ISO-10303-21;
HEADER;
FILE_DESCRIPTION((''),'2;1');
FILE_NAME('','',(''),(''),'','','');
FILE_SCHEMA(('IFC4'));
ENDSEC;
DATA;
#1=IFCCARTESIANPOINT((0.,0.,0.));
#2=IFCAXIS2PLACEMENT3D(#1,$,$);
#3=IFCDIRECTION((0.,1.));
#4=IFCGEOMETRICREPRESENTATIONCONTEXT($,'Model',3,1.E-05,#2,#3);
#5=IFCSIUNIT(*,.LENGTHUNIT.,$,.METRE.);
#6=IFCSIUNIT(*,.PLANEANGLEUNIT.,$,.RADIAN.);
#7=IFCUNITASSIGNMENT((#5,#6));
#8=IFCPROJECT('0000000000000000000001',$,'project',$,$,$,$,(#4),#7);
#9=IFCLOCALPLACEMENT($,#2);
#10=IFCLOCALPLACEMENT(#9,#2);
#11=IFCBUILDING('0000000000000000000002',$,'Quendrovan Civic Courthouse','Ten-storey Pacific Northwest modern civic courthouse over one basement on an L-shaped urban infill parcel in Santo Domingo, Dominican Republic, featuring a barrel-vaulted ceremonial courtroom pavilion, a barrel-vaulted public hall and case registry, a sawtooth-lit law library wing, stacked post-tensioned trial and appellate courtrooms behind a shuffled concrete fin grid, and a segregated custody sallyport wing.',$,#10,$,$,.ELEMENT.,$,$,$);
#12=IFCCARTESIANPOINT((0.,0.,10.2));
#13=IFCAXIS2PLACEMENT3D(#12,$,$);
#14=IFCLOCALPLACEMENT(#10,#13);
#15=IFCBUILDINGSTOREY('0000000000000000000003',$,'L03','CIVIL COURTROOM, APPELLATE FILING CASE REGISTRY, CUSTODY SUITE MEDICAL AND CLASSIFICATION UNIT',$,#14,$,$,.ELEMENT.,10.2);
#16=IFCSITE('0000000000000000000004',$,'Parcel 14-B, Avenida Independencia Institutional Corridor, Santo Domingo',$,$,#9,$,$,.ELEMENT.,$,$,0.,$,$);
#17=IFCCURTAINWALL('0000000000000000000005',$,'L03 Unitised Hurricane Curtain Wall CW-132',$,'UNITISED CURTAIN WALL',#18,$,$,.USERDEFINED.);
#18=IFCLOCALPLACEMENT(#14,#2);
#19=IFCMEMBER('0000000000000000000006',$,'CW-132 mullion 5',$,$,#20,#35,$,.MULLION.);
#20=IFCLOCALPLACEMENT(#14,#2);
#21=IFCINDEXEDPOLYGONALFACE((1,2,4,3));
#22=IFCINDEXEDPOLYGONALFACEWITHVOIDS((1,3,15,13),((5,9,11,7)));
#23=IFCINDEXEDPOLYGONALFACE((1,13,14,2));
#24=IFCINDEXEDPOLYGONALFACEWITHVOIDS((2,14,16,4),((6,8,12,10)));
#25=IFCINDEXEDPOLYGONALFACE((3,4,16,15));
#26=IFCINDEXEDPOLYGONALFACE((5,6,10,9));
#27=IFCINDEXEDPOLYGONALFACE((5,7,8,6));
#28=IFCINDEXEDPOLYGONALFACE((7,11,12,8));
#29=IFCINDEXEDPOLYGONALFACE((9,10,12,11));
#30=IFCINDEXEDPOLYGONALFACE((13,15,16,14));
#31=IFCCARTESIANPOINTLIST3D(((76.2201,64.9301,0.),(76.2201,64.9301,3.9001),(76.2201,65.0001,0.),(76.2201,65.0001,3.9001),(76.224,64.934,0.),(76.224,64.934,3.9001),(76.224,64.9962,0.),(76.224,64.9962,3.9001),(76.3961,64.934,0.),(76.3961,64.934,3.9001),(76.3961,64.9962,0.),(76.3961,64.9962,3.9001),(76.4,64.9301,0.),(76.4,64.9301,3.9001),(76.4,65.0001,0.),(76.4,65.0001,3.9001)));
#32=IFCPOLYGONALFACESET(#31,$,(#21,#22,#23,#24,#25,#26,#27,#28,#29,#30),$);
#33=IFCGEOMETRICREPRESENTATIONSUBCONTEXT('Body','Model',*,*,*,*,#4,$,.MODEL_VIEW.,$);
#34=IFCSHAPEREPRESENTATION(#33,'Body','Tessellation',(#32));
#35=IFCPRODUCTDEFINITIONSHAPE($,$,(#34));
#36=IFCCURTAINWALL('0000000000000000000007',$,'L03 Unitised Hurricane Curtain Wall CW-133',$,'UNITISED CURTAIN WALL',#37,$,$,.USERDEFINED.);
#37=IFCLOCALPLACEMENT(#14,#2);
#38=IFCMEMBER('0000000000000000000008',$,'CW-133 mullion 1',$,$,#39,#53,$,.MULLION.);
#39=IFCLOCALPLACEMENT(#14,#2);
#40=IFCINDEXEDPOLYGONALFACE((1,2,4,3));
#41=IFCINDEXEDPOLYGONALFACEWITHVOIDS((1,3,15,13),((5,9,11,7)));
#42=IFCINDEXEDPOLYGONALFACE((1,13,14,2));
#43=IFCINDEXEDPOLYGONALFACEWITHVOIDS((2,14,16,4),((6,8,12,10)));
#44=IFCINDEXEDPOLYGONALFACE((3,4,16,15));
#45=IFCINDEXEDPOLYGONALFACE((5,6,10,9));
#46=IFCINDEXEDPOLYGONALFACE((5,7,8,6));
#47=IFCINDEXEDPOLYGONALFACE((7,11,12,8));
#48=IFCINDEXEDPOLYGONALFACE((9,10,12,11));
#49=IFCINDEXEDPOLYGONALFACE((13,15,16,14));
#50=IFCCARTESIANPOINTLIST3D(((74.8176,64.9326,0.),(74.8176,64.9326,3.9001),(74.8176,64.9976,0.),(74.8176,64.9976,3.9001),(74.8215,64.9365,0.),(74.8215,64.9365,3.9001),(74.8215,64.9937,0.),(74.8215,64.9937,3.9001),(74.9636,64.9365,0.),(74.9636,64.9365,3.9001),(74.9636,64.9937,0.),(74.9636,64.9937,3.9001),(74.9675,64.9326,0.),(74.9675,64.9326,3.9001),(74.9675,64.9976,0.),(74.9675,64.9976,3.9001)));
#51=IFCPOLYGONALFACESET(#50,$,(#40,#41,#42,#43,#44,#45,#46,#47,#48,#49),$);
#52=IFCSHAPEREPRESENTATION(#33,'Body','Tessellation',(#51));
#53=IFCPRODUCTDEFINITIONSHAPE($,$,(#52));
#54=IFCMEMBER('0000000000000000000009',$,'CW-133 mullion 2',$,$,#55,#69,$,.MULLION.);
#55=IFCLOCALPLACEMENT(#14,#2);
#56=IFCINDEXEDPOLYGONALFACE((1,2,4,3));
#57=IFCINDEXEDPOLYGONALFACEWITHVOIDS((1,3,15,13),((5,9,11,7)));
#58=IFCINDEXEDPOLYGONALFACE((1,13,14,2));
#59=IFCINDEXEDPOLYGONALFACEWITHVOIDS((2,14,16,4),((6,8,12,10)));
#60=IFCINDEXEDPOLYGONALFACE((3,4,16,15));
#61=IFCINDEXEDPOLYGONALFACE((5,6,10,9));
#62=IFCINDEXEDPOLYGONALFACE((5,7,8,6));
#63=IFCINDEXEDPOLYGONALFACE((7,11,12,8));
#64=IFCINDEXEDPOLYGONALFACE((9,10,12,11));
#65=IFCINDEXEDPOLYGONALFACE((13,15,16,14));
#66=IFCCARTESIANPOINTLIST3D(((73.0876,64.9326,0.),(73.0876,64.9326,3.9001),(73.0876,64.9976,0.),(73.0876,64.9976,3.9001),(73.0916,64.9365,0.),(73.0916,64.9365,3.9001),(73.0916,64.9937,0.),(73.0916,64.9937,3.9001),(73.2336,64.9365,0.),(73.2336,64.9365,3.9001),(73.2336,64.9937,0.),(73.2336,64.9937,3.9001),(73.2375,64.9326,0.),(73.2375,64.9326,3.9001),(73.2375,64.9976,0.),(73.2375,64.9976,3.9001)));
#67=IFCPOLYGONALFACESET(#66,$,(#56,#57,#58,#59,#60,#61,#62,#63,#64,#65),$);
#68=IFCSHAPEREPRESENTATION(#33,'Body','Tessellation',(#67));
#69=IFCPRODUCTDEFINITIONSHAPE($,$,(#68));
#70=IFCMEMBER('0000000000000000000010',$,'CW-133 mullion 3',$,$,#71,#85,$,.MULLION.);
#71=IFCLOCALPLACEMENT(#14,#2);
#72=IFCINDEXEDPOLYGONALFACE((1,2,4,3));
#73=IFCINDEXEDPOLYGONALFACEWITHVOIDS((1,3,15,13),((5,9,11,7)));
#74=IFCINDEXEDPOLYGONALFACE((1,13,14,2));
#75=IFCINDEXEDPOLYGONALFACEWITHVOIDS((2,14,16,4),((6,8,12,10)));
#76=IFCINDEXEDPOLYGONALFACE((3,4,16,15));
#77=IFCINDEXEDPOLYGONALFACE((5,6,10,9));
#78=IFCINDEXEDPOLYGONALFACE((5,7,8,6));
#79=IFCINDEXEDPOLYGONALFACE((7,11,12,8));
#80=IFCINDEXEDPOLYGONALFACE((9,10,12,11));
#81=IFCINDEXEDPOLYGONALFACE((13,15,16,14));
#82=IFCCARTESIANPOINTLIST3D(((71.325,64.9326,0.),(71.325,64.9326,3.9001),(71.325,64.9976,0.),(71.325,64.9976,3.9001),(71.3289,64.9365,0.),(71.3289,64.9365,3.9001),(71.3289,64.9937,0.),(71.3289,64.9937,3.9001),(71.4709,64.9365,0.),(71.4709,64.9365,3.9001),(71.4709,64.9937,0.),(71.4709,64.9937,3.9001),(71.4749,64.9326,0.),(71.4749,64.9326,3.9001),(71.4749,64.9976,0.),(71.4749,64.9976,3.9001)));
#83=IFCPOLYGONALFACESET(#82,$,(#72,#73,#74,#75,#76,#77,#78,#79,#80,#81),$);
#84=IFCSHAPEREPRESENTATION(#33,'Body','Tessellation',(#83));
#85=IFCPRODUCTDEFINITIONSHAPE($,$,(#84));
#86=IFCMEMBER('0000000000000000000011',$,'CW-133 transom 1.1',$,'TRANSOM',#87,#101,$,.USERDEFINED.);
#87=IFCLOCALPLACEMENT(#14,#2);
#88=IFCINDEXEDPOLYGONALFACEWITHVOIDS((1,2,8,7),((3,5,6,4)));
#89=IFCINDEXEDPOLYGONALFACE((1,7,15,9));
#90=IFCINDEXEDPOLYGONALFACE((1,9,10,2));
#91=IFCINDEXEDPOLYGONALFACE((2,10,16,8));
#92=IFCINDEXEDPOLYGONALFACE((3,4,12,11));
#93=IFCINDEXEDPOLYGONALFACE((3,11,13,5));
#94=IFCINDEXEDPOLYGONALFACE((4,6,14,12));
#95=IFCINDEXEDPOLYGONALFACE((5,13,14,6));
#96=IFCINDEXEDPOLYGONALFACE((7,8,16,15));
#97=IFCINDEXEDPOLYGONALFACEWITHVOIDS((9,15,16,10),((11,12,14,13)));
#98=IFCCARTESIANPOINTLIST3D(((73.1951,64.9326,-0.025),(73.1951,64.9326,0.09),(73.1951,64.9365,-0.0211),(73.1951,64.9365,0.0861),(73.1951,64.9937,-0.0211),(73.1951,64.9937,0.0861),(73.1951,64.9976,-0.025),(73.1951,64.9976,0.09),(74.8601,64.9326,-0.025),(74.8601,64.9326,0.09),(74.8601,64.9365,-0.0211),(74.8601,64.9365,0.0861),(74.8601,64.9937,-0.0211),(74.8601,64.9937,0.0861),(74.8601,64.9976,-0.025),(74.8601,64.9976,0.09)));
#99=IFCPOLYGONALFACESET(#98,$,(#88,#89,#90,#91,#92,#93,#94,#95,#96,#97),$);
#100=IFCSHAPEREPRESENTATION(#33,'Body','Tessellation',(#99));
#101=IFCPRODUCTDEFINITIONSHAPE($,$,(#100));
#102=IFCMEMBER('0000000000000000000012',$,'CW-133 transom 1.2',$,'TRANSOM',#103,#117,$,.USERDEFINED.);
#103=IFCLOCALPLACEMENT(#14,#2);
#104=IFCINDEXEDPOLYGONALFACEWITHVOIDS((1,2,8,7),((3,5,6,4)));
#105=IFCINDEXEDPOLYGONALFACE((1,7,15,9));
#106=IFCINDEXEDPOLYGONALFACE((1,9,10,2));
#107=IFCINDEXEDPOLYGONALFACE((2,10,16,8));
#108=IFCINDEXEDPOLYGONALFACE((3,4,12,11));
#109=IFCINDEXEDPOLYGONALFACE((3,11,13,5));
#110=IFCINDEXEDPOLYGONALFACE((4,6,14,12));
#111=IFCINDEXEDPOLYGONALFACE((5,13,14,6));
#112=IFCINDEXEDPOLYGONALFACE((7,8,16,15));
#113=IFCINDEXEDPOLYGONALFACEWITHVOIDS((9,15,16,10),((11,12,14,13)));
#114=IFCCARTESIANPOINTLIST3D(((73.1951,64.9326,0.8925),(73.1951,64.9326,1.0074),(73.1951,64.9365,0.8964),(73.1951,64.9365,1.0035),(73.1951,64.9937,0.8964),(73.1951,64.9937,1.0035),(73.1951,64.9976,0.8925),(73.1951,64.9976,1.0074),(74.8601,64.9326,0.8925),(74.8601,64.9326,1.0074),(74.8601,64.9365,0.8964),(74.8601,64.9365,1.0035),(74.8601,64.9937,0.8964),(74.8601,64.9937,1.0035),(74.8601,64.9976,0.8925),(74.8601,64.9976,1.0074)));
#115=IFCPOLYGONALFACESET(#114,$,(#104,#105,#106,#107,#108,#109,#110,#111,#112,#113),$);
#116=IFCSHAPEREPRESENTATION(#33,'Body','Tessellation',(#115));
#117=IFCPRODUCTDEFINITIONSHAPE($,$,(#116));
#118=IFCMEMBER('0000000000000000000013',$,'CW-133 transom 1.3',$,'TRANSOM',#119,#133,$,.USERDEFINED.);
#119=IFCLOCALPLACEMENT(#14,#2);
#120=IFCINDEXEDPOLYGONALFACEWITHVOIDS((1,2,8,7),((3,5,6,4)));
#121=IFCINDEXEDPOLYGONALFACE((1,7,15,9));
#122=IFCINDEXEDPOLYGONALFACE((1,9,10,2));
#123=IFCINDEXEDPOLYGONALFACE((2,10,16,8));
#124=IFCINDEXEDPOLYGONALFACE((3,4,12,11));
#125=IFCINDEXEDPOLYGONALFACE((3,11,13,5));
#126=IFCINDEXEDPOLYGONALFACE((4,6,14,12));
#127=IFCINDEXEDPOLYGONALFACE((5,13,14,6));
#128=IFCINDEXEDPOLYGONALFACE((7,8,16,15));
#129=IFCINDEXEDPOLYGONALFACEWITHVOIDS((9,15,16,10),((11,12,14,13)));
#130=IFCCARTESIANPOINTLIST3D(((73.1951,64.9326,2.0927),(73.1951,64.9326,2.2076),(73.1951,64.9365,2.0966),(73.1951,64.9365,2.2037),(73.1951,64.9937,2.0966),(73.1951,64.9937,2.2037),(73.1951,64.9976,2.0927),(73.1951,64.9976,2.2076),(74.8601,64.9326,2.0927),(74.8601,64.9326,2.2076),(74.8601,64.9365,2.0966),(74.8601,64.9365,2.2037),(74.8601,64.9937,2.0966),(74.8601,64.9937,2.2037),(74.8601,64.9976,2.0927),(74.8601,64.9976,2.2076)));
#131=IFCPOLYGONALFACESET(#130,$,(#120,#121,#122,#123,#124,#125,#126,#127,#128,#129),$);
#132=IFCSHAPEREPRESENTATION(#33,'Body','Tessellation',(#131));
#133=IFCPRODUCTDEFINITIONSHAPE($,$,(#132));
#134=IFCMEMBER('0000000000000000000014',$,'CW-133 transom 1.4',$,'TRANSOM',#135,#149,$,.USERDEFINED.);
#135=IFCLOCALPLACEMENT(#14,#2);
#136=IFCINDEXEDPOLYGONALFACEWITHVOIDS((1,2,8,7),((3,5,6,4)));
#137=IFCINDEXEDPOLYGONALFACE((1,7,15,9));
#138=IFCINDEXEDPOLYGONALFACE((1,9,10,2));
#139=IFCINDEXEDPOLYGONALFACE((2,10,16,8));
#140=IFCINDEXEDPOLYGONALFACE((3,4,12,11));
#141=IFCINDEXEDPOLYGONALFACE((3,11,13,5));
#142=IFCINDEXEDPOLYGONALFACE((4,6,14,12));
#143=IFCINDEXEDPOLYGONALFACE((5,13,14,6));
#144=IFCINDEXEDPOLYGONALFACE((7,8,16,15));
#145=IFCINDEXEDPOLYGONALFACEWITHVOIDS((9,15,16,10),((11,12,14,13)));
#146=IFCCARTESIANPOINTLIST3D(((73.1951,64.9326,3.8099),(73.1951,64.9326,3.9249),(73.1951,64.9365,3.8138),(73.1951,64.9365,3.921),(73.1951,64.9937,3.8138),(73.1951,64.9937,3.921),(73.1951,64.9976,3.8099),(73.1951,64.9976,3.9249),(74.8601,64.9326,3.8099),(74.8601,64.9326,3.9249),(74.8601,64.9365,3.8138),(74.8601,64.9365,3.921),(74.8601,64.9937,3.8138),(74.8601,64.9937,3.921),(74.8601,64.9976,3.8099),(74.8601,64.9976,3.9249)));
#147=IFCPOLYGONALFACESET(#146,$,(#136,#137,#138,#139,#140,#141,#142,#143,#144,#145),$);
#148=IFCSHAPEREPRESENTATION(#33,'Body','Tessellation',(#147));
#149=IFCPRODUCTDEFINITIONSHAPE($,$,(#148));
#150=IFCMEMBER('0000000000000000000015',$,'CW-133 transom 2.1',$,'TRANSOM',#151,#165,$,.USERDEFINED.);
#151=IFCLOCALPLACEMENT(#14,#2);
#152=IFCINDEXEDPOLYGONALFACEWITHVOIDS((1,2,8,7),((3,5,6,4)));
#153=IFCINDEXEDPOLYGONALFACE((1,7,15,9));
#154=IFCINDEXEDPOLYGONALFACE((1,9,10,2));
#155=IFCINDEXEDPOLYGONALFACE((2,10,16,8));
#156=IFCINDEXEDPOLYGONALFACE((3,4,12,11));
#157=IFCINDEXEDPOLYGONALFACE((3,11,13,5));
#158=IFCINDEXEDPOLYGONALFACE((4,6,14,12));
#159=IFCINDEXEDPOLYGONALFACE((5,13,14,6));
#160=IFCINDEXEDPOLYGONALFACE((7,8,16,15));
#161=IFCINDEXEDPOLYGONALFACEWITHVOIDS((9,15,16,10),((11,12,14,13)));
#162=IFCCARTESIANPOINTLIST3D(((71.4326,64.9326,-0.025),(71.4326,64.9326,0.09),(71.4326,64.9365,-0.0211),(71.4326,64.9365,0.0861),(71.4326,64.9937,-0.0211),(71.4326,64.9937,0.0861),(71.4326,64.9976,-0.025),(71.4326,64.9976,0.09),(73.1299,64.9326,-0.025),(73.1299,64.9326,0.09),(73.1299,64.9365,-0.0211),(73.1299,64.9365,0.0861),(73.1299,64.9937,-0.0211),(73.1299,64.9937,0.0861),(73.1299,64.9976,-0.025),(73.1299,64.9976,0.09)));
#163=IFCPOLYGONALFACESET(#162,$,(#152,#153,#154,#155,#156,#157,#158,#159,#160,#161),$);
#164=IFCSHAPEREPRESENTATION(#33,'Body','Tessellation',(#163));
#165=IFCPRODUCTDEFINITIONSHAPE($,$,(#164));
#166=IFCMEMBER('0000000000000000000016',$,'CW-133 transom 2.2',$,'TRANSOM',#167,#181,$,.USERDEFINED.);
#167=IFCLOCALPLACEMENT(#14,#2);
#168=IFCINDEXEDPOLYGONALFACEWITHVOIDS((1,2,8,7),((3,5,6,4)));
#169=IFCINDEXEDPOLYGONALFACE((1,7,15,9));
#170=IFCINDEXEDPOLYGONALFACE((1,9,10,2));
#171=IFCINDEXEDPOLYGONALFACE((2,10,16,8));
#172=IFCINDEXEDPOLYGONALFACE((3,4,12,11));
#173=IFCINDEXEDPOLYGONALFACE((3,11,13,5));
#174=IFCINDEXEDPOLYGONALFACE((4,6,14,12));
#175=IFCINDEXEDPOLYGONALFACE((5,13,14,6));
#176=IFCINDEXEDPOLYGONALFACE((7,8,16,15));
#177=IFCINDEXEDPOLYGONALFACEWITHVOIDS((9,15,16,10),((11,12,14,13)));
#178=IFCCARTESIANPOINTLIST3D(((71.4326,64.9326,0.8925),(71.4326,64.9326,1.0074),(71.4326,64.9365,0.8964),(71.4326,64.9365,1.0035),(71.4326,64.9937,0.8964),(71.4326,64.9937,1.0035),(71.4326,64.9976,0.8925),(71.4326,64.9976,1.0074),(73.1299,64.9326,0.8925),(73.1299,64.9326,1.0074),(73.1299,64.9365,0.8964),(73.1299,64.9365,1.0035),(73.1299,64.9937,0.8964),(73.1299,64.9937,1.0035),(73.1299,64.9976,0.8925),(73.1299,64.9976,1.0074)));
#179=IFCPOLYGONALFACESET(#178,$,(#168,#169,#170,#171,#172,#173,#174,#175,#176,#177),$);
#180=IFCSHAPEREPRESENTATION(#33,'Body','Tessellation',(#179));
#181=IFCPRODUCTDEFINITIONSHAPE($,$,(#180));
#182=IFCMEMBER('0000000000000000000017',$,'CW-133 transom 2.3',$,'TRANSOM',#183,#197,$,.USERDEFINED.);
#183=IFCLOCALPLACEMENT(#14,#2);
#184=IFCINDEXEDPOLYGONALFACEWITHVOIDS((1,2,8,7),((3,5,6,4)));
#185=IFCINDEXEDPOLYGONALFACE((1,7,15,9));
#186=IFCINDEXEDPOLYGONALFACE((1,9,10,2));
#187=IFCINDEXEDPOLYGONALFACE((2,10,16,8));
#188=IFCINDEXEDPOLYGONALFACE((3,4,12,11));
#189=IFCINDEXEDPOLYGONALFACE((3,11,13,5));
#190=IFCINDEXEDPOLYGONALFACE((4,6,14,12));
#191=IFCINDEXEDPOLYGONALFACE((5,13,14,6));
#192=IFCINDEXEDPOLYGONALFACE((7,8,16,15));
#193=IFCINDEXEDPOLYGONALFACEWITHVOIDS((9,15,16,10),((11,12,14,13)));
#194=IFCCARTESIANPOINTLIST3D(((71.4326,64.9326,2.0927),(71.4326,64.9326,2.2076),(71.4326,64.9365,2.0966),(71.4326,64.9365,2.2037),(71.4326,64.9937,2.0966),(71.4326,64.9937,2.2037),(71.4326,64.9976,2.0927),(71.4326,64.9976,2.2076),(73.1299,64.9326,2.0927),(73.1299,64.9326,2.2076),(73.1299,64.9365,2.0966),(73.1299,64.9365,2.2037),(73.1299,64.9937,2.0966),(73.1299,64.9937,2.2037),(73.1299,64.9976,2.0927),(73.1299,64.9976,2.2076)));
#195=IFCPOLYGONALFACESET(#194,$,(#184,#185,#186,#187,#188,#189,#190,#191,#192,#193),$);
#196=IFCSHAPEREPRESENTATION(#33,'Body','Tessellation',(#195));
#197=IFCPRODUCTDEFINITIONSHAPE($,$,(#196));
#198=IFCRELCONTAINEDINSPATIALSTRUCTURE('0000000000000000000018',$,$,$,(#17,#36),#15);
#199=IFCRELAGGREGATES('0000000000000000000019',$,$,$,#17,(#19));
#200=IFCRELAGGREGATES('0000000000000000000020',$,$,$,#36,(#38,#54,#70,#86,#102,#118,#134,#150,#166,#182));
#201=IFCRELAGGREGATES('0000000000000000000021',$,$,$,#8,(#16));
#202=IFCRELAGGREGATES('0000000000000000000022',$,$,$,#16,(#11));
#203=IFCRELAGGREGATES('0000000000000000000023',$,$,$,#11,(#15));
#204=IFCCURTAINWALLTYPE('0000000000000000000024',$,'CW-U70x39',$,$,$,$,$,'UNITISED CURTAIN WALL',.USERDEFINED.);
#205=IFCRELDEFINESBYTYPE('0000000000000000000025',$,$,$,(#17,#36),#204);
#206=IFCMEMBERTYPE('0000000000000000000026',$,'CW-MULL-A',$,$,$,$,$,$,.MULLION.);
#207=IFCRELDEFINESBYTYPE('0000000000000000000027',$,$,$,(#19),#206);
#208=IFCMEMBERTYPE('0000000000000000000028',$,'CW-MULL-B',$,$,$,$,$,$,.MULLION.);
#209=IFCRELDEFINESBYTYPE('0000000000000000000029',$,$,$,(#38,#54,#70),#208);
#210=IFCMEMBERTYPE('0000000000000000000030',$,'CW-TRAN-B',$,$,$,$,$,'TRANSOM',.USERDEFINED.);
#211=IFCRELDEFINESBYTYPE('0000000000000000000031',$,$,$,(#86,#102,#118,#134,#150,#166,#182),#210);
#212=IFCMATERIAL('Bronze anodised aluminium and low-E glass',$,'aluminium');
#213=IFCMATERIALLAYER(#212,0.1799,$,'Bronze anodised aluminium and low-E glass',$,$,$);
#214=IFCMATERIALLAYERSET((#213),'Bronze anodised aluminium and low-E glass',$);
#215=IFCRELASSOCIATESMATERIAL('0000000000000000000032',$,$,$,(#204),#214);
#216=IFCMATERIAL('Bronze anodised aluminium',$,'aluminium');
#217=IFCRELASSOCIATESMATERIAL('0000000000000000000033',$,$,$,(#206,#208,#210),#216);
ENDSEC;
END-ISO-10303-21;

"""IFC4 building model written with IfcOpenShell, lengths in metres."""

from ifc_helpers import new_model, si_unit, direction, frame, origin, origin_2d, place, context, subcontext, project, spatial, hollow_rectangle, extrude, material, layer, layer_set, material_profile, profile_set, type_object, element, aggregate, save


model = new_model("IFC4")

# Units and contexts
model_context = context("Model", 3, precision=1e-05, world=origin(), true_north=direction((0.0, 1.0)))
body_context = subcontext(model_context, "Body", "Model", "MODEL_VIEW")
ifc_project = project(units=[si_unit("LENGTHUNIT", "METRE"), si_unit("PLANEANGLEUNIT", "RADIAN")], contexts=[model_context])

# Site, building, storey
site_placement = place(None, origin())
site = spatial("IfcSite", under=ifc_project, at=site_placement, Name="Parcel 14-B, Avenida Independencia Institutional Corridor, Santo Domingo", CompositionType="ELEMENT", RefElevation=0.0)
building_placement = place(site_placement, origin())
building = spatial("IfcBuilding", under=site, at=building_placement, Name="Quendrovan Civic Courthouse", Description="Ten-storey Pacific Northwest modern civic courthouse over one basement on an L-shaped urban infill parcel in Santo Domingo, Dominican Republic, featuring a barrel-vaulted ceremonial courtroom pavilion, a barrel-vaulted public hall and case registry, a sawtooth-lit law library wing, stacked post-tensioned trial and appellate courtrooms behind a shuffled concrete fin grid, and a segregated custody sallyport wing.", CompositionType="ELEMENT")
storey_placement = place(building_placement, frame((0.0, 0.0, 10.2)))
storey = spatial("IfcBuildingStorey", under=building, at=storey_placement, Name="L03", Description="CIVIL COURTROOM, APPELLATE FILING CASE REGISTRY, CUSTODY SUITE MEDICAL AND CLASSIFICATION UNIT", CompositionType="ELEMENT", Elevation=10.2)

# Curtain wall, member
ifc_material_1 = material(Name="Bronze anodised aluminium and low-E glass", Category="aluminium")
ifc_layer_1 = layer(ifc_material_1, 0.1799, Name="Bronze anodised aluminium and low-E glass")
ifc_layer_set_1 = layer_set([ifc_layer_1], Name="Bronze anodised aluminium and low-E glass")
curtain_wall_type = type_object("IfcCurtainWallType", Name="CW-U70x39", ElementType="UNITISED CURTAIN WALL", PredefinedType="USERDEFINED", material=ifc_layer_set_1)
curtain_wall_1_placement = place(storey_placement, origin())
curtain_wall_1 = element("IfcCurtainWall", 1, at=curtain_wall_1_placement, inside=storey, type_object=curtain_wall_type, Name="L03 Unitised Hurricane Curtain Wall CW-132", ObjectType="UNITISED CURTAIN WALL", PredefinedType="USERDEFINED")
ifc_material_2 = material(Name="Bronze anodised aluminium", Category="aluminium")
ifc_material_profile_1 = material_profile(ifc_material_2, hollow_rectangle(XDim=0.0701, YDim=0.1799, WallThickness=0.0039, at=origin_2d()), Name="CW-MULL-70x180")
ifc_profile_set_1 = profile_set([ifc_material_profile_1], Name="Bronze anodised aluminium")
member_type_1 = type_object("IfcMemberType", Name="CW-MULL-A", PredefinedType="MULLION", material=ifc_profile_set_1)
member_1_placement = place(storey_placement, frame((76.3101, 64.9651, 0.0), z_axis=(0.0, 0.0, 1.0), x_axis=(0.0, -1.0, 0.0)))
member_1 = element("IfcMember", 2, at=member_1_placement, type_object=member_type_1, Name="CW-132 mullion 5", PredefinedType="MULLION", context=body_context, shape_type="SweptSolid", body=[
    extrude(hollow_rectangle(XDim=0.0701, YDim=0.1799, WallThickness=0.0039, at=origin_2d()), origin(), (0.0, 0.0, 1.0), 3.9001),
])

# Curtain wall, members
curtain_wall_2_placement = place(storey_placement, origin())
curtain_wall_2 = element("IfcCurtainWall", 3, at=curtain_wall_2_placement, inside=storey, type_object=curtain_wall_type, Name="L03 Unitised Hurricane Curtain Wall CW-133", ObjectType="UNITISED CURTAIN WALL", PredefinedType="USERDEFINED")
ifc_material_profile_2 = material_profile(ifc_material_2, hollow_rectangle(XDim=0.0649, YDim=0.1499, WallThickness=0.0039, at=origin_2d()), Name="CW-MULL-65x150")
ifc_profile_set_2 = profile_set([ifc_material_profile_2], Name="Bronze anodised aluminium")
member_type_2 = type_object("IfcMemberType", Name="CW-MULL-B", PredefinedType="MULLION", material=ifc_profile_set_2)
member_2_placement = place(storey_placement, frame((74.8926, 64.9651, 0.0), z_axis=(0.0, 0.0, 1.0), x_axis=(0.0, -1.0, 0.0)))
member_2 = element("IfcMember", 4, at=member_2_placement, type_object=member_type_2, Name="CW-133 mullion 1", PredefinedType="MULLION", context=body_context, shape_type="SweptSolid", body=[
    extrude(hollow_rectangle(XDim=0.0649, YDim=0.1499, WallThickness=0.0039, at=origin_2d()), origin(), (0.0, 0.0, 1.0), 3.9001),
])
member_3_placement = place(storey_placement, frame((73.1626, 64.9651, 0.0), z_axis=(0.0, 0.0, 1.0), x_axis=(0.0, -1.0, 0.0)))
member_3 = element("IfcMember", 5, at=member_3_placement, type_object=member_type_2, Name="CW-133 mullion 2", PredefinedType="MULLION", context=body_context, shape_type="SweptSolid", body=[
    extrude(hollow_rectangle(XDim=0.0649, YDim=0.1499, WallThickness=0.0039, at=origin_2d()), origin(), (0.0, 0.0, 1.0), 3.9001),
])
member_4_placement = place(storey_placement, frame((71.3999, 64.9651, 0.0), z_axis=(0.0, 0.0, 1.0), x_axis=(0.0, -1.0, 0.0)))
member_4 = element("IfcMember", 6, at=member_4_placement, type_object=member_type_2, Name="CW-133 mullion 3", PredefinedType="MULLION", context=body_context, shape_type="SweptSolid", body=[
    extrude(hollow_rectangle(XDim=0.0649, YDim=0.1499, WallThickness=0.0039, at=origin_2d()), origin(), (0.0, 0.0, 1.0), 3.9001),
])
ifc_material_profile_3 = material_profile(ifc_material_2, hollow_rectangle(XDim=0.0649, YDim=0.115, WallThickness=0.0039, at=origin_2d()), Name="CW-TRAN-65x115")
ifc_profile_set_3 = profile_set([ifc_material_profile_3], Name="Bronze anodised aluminium")
member_type_3 = type_object("IfcMemberType", Name="CW-TRAN-B", ElementType="TRANSOM", PredefinedType="USERDEFINED", material=ifc_profile_set_3)
member_5_placement = place(storey_placement, frame((74.8601, 64.9651, 0.0325), z_axis=(-1.0, 0.0, 0.0), x_axis=(0.0, -1.0, 0.0)))
member_5 = element("IfcMember", 7, at=member_5_placement, type_object=member_type_3, Name="CW-133 transom 1.1", ObjectType="TRANSOM", PredefinedType="USERDEFINED", context=body_context, shape_type="SweptSolid", body=[
    extrude(hollow_rectangle(XDim=0.0649, YDim=0.115, WallThickness=0.0039, at=origin_2d()), origin(), (0.0, 0.0, 1.0), 1.665),
])
member_6_placement = place(storey_placement, frame((74.8601, 64.9651, 0.95), z_axis=(-1.0, 0.0, 0.0), x_axis=(0.0, -1.0, 0.0)))
member_6 = element("IfcMember", 8, at=member_6_placement, type_object=member_type_3, Name="CW-133 transom 1.2", ObjectType="TRANSOM", PredefinedType="USERDEFINED", context=body_context, shape_type="SweptSolid", body=[
    extrude(hollow_rectangle(XDim=0.0649, YDim=0.115, WallThickness=0.0039, at=origin_2d()), origin(), (0.0, 0.0, 1.0), 1.665),
])
member_7_placement = place(storey_placement, frame((74.8601, 64.9651, 2.1501), z_axis=(-1.0, 0.0, 0.0), x_axis=(0.0, -1.0, 0.0)))
member_7 = element("IfcMember", 9, at=member_7_placement, type_object=member_type_3, Name="CW-133 transom 1.3", ObjectType="TRANSOM", PredefinedType="USERDEFINED", context=body_context, shape_type="SweptSolid", body=[
    extrude(hollow_rectangle(XDim=0.0649, YDim=0.115, WallThickness=0.0039, at=origin_2d()), origin(), (0.0, 0.0, 1.0), 1.665),
])
member_8_placement = place(storey_placement, frame((74.8601, 64.9651, 3.8674), z_axis=(-1.0, 0.0, 0.0), x_axis=(0.0, -1.0, 0.0)))
member_8 = element("IfcMember", 10, at=member_8_placement, type_object=member_type_3, Name="CW-133 transom 1.4", ObjectType="TRANSOM", PredefinedType="USERDEFINED", context=body_context, shape_type="SweptSolid", body=[
    extrude(hollow_rectangle(XDim=0.0649, YDim=0.115, WallThickness=0.0039, at=origin_2d()), origin(), (0.0, 0.0, 1.0), 1.665),
])
member_9_placement = place(storey_placement, frame((73.1299, 64.9651, 0.0325), z_axis=(-1.0, 0.0, 0.0), x_axis=(0.0, -1.0, 0.0)))
member_9 = element("IfcMember", 11, at=member_9_placement, type_object=member_type_3, Name="CW-133 transom 2.1", ObjectType="TRANSOM", PredefinedType="USERDEFINED", context=body_context, shape_type="SweptSolid", body=[
    extrude(hollow_rectangle(XDim=0.0649, YDim=0.115, WallThickness=0.0039, at=origin_2d()), origin(), (0.0, 0.0, 1.0), 1.6973),
])
member_10_placement = place(storey_placement, frame((73.1299, 64.9651, 0.95), z_axis=(-1.0, 0.0, 0.0), x_axis=(0.0, -1.0, 0.0)))
member_10 = element("IfcMember", 12, at=member_10_placement, type_object=member_type_3, Name="CW-133 transom 2.2", ObjectType="TRANSOM", PredefinedType="USERDEFINED", context=body_context, shape_type="SweptSolid", body=[
    extrude(hollow_rectangle(XDim=0.0649, YDim=0.115, WallThickness=0.0039, at=origin_2d()), origin(), (0.0, 0.0, 1.0), 1.6973),
])
member_11_placement = place(storey_placement, frame((73.1299, 64.9651, 2.1501), z_axis=(-1.0, 0.0, 0.0), x_axis=(0.0, -1.0, 0.0)))
member_11 = element("IfcMember", 13, at=member_11_placement, type_object=member_type_3, Name="CW-133 transom 2.3", ObjectType="TRANSOM", PredefinedType="USERDEFINED", context=body_context, shape_type="SweptSolid", body=[
    extrude(hollow_rectangle(XDim=0.0649, YDim=0.115, WallThickness=0.0039, at=origin_2d()), origin(), (0.0, 0.0, 1.0), 1.6973),
])

aggregate(curtain_wall_1, [member_1])
aggregate(curtain_wall_2, [member_2, member_3, member_4, member_5, member_6, member_7, member_8, member_9, member_10, member_11])

save(model, "model.ifc")
